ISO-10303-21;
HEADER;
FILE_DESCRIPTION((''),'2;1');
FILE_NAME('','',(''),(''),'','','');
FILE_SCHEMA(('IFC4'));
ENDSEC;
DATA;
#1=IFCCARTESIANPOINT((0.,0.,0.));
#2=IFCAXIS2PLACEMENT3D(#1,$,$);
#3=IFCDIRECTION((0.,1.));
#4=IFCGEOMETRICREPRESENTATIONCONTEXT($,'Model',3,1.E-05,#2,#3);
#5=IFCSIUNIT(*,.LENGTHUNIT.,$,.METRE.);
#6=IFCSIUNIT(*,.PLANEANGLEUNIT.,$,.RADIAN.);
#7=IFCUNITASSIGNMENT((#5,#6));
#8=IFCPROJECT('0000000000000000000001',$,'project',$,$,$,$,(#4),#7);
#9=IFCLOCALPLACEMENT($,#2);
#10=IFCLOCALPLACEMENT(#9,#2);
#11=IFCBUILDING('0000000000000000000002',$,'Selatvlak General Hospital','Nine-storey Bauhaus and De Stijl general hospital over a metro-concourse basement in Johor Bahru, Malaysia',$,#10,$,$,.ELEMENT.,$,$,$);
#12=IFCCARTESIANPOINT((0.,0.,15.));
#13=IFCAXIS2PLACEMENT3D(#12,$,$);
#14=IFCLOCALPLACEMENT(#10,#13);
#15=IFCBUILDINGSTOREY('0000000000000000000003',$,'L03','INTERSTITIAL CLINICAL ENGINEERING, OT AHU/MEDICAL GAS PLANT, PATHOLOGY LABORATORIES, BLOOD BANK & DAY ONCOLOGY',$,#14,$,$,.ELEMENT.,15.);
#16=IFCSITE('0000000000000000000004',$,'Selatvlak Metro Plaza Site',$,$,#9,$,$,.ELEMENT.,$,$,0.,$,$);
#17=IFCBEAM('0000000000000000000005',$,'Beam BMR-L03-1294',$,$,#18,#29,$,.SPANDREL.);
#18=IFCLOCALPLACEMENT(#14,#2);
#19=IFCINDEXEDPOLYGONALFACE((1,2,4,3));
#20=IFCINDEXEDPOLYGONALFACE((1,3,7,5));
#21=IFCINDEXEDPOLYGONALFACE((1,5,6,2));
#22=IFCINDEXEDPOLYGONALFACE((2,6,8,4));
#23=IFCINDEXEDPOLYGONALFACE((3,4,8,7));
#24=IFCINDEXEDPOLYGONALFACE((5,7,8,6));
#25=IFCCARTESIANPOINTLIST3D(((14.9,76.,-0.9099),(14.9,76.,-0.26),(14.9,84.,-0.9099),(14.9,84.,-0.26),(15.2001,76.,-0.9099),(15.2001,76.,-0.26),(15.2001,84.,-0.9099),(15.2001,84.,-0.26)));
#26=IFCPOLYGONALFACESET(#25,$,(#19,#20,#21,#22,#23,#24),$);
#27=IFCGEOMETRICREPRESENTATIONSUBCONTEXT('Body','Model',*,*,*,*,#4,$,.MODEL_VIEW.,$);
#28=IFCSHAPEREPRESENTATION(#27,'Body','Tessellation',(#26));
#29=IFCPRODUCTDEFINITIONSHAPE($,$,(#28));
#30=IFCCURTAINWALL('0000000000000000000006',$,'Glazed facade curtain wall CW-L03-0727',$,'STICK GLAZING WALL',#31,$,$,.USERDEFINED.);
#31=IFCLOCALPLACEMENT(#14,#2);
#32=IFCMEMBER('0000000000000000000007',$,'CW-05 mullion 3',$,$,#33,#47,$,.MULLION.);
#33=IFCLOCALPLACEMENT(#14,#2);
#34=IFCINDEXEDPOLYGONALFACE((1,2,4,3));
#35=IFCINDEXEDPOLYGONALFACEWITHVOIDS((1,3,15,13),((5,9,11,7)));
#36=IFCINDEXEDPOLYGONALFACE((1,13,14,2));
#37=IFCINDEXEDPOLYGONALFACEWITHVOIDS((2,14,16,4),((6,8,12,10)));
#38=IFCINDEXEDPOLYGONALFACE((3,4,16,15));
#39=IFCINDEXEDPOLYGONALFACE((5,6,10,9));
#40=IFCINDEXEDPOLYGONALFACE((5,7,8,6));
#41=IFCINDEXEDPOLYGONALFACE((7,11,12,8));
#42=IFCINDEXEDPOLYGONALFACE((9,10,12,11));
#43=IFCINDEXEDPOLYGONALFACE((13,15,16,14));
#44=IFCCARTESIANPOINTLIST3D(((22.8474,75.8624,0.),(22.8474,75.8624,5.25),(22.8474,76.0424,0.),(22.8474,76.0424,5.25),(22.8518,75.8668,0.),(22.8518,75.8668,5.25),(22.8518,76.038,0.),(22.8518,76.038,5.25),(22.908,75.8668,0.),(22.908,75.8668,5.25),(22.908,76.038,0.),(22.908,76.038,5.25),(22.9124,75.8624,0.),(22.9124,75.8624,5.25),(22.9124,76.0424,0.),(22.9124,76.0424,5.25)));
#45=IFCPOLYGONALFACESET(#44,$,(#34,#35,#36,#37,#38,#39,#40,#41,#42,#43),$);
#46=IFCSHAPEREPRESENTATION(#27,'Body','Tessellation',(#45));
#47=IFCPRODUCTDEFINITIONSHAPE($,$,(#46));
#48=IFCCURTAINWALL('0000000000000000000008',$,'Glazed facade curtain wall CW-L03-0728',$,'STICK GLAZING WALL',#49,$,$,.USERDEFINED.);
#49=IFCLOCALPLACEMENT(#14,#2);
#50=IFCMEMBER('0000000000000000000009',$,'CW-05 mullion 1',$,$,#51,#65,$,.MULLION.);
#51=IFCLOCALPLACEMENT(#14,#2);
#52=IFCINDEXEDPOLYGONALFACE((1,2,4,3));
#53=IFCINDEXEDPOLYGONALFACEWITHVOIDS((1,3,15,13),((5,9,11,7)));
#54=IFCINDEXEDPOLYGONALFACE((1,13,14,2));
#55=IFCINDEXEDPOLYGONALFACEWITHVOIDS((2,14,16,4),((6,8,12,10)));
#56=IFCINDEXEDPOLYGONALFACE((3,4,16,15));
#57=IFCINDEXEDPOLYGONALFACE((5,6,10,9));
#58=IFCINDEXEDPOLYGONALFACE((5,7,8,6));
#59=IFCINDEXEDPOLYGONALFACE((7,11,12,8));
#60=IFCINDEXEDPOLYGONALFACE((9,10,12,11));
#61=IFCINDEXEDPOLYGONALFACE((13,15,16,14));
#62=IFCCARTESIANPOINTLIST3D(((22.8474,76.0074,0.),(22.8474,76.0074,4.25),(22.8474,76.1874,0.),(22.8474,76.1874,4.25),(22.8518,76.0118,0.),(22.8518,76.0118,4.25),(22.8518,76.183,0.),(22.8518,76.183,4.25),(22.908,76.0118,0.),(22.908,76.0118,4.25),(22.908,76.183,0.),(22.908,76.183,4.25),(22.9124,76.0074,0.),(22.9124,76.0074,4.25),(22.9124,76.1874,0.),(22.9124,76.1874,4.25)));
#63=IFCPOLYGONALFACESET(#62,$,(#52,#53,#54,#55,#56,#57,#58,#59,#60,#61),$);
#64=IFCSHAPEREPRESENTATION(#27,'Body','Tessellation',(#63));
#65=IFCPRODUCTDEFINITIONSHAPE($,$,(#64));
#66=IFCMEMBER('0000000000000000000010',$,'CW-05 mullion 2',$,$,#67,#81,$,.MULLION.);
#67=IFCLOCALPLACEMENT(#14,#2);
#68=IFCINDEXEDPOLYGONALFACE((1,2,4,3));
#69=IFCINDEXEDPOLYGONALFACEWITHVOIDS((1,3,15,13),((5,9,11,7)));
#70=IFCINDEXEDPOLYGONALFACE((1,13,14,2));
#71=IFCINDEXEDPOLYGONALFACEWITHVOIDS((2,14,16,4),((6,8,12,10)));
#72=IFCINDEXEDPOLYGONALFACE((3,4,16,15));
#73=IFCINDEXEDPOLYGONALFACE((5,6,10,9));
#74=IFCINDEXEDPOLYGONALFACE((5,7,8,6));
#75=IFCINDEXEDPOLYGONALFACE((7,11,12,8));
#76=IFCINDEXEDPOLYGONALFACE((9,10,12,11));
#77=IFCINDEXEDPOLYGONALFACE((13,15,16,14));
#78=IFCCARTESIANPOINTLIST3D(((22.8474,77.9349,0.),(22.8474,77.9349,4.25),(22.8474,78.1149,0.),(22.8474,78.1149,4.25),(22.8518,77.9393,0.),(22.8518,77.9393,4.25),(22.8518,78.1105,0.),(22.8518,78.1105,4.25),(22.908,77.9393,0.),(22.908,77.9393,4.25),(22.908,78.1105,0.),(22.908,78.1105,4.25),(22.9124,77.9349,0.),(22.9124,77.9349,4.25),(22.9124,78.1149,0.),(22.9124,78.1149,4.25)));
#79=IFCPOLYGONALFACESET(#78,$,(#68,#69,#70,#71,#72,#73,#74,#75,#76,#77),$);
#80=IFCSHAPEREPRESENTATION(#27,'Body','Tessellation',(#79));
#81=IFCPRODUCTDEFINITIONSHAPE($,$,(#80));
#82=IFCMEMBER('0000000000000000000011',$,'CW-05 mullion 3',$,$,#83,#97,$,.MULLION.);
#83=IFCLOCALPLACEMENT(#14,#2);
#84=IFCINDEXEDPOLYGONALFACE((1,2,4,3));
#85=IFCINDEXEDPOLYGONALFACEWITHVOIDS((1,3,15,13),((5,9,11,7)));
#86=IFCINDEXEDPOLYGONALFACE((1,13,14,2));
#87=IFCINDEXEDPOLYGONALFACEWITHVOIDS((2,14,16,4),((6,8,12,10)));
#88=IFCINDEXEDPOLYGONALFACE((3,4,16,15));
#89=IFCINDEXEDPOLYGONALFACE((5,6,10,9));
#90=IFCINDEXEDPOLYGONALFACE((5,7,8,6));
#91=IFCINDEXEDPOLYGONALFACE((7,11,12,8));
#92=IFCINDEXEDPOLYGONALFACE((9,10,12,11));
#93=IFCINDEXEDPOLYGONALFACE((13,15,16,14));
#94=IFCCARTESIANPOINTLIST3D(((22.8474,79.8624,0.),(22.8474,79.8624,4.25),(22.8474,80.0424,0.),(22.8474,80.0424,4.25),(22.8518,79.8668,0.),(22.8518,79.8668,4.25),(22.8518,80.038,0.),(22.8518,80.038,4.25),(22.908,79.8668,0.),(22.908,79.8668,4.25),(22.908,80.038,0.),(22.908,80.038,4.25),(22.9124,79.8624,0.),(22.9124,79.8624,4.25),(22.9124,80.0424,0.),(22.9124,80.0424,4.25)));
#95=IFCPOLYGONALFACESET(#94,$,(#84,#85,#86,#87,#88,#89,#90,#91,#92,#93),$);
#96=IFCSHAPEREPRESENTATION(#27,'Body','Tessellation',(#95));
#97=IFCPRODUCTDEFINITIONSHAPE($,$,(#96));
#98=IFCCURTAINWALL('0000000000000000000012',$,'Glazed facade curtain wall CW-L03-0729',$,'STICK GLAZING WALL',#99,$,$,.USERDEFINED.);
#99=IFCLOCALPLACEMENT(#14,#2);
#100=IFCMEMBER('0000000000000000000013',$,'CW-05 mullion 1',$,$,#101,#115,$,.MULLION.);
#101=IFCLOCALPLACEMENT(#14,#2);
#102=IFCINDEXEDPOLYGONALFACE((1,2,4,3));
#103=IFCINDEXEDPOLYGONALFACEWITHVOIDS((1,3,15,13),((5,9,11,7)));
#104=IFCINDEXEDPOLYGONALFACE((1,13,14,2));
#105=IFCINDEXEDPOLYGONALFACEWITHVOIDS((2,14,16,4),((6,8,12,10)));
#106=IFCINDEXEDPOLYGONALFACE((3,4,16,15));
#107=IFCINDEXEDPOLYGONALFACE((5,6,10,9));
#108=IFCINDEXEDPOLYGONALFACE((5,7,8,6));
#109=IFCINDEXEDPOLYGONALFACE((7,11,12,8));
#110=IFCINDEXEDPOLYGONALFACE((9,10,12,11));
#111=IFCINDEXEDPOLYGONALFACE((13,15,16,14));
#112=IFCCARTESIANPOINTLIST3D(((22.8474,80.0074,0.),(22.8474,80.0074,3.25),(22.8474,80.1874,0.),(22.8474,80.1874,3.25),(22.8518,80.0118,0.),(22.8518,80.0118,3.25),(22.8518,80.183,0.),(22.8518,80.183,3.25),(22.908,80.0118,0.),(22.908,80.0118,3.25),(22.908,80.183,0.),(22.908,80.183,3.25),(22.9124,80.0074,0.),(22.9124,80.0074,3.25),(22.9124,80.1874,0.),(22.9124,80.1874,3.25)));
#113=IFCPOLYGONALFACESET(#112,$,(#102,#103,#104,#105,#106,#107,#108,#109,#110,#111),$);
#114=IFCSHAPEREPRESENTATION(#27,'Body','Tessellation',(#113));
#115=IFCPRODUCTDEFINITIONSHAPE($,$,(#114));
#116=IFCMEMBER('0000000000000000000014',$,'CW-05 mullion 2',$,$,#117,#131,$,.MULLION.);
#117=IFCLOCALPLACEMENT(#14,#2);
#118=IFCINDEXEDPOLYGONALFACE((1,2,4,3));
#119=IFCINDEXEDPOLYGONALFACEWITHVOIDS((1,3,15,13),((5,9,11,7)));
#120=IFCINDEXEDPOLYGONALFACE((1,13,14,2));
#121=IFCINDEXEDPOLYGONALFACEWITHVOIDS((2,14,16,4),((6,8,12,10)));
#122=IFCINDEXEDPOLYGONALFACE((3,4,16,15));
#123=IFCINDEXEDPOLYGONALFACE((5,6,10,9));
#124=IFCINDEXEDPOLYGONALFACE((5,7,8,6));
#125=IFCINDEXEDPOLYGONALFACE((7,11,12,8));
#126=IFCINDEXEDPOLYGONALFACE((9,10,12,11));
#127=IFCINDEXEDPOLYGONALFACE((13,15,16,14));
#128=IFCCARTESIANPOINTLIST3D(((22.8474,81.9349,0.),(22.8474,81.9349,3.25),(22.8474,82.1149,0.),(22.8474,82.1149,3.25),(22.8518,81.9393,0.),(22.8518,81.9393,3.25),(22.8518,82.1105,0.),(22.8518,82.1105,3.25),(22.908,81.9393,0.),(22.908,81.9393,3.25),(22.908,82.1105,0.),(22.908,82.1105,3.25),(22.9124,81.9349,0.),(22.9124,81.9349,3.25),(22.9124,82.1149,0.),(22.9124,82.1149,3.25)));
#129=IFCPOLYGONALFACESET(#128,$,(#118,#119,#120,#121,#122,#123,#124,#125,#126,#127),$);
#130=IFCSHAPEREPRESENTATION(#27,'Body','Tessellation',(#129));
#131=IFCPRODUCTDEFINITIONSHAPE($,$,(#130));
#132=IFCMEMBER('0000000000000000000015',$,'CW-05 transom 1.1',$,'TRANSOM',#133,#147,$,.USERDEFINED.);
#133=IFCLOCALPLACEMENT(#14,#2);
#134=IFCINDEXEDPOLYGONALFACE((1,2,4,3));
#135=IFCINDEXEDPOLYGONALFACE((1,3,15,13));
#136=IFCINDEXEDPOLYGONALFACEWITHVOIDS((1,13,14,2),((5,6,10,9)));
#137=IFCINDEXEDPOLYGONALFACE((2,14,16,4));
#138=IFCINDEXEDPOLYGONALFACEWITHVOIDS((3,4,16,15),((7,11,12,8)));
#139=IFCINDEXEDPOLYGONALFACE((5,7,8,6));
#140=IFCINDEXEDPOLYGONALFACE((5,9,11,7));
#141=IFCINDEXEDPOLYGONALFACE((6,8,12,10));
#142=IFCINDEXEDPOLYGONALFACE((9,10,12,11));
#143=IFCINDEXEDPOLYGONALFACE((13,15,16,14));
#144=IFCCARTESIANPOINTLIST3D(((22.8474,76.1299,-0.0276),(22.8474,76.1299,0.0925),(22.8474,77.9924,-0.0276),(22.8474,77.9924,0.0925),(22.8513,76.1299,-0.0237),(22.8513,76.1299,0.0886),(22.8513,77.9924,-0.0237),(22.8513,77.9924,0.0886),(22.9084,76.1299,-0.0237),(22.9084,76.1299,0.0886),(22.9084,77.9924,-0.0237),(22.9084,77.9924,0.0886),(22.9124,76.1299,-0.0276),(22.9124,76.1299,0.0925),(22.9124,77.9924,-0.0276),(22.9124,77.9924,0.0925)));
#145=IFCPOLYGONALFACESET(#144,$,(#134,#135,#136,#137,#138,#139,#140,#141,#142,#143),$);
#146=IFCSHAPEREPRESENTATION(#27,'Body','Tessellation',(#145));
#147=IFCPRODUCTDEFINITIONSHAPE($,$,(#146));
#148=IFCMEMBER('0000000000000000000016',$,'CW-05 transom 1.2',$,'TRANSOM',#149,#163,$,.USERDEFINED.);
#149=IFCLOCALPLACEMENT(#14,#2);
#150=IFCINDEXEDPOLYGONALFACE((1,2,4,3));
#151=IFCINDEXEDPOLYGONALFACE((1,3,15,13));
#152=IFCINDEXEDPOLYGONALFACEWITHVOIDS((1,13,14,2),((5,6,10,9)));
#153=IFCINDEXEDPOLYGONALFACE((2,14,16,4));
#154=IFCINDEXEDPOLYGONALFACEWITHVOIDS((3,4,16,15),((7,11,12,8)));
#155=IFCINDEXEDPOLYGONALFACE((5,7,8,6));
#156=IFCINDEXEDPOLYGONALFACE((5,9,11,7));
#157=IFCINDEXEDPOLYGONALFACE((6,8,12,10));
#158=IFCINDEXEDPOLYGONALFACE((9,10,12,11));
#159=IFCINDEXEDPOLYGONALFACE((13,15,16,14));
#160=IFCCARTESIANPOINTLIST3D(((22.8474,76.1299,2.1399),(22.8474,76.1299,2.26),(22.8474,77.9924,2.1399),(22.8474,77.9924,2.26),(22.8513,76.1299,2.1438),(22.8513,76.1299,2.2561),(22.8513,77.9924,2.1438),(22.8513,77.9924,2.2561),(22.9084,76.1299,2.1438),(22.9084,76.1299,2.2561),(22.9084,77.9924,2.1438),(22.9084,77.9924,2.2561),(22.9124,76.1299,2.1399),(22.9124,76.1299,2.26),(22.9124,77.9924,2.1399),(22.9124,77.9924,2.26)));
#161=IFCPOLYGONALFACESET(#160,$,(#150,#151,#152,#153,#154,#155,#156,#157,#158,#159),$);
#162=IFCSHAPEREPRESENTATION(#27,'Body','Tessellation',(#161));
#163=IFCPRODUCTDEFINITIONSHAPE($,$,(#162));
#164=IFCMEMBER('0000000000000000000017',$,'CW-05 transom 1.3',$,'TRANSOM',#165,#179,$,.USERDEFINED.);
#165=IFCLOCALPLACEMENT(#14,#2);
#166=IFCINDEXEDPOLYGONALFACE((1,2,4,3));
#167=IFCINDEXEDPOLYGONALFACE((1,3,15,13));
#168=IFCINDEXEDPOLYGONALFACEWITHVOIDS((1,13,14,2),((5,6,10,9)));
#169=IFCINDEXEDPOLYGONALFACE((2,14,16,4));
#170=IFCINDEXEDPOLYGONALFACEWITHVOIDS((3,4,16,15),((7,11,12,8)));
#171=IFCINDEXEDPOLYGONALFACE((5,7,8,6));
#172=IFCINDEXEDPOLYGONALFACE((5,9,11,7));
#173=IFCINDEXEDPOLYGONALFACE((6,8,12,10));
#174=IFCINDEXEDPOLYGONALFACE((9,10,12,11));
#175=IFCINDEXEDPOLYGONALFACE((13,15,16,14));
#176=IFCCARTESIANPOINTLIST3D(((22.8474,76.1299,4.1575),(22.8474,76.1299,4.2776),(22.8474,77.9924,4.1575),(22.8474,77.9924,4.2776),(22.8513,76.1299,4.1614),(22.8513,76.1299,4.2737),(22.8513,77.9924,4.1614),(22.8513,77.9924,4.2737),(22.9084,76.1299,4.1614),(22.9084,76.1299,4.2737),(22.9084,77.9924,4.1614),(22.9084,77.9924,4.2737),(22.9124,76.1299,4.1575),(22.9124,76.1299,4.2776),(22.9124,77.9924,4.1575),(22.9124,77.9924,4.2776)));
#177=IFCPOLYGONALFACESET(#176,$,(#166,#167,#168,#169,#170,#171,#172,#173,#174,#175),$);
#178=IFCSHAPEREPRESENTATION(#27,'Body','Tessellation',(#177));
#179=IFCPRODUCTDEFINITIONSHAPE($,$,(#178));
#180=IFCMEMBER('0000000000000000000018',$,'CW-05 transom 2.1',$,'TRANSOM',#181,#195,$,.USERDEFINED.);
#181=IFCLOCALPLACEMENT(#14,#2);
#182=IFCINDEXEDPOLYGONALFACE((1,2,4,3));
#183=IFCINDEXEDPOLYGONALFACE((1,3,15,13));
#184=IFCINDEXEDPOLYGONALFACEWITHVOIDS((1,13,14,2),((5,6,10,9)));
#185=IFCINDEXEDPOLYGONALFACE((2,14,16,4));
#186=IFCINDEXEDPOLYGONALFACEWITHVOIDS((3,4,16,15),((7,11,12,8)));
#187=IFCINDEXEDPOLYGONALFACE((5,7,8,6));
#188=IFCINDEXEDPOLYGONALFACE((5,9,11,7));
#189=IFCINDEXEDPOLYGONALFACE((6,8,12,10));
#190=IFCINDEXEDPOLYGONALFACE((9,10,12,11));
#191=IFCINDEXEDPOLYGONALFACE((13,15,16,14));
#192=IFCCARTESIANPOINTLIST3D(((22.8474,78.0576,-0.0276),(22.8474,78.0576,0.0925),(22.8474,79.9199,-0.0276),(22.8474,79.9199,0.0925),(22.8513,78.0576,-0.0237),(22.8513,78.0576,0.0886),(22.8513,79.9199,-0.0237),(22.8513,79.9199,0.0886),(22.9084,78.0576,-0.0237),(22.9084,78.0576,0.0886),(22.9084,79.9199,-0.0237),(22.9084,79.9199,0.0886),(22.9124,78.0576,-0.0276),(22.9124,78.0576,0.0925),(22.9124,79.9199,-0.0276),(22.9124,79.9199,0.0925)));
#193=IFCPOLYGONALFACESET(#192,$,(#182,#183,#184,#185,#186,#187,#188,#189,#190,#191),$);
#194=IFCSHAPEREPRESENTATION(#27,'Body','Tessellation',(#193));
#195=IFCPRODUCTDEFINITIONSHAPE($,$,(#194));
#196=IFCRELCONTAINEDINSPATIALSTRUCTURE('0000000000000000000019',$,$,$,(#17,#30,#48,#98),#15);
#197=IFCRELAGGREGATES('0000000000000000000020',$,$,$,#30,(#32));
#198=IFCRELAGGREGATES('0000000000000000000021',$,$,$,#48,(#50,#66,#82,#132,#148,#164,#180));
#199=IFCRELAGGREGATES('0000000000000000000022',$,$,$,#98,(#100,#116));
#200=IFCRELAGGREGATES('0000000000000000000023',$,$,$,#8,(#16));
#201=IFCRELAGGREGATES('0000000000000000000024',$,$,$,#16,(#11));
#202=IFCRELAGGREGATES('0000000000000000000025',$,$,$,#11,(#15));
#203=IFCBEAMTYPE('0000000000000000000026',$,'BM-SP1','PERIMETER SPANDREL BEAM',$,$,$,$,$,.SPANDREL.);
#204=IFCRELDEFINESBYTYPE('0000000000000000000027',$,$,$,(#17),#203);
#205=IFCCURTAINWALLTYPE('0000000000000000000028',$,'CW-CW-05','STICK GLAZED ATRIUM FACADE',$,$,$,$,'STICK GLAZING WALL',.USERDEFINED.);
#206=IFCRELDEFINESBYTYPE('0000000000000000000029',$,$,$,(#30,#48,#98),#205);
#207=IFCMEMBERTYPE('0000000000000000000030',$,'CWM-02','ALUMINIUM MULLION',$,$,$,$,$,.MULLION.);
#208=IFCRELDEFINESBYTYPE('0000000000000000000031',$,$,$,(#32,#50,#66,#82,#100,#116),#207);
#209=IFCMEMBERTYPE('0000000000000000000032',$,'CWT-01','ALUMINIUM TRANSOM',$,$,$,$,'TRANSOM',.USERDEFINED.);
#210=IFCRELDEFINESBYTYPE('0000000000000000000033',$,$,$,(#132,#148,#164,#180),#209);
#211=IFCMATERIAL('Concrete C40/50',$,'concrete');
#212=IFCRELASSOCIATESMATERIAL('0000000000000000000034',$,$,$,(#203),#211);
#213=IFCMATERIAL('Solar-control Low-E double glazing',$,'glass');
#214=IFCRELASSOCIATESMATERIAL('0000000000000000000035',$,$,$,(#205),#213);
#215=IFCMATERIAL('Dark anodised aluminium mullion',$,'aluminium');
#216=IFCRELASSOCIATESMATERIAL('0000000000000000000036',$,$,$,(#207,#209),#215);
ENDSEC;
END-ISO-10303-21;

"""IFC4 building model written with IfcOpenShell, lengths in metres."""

from ifc_helpers import new_model, si_unit, direction, frame, origin, origin_2d, place, context, subcontext, project, spatial, rectangle, hollow_rectangle, extrude, material, material_profile, profile_set, type_object, element, aggregate, save


model = new_model("IFC4")

# Units and contexts
model_context = context("Model", 3, precision=1e-05, world=origin(), true_north=direction((0.0, 1.0)))
body_context = subcontext(model_context, "Body", "Model", "MODEL_VIEW")
ifc_project = project(units=[si_unit("LENGTHUNIT", "METRE"), si_unit("PLANEANGLEUNIT", "RADIAN")], contexts=[model_context])

# Site, building, storey
site_placement = place(None, origin())
site = spatial("IfcSite", under=ifc_project, at=site_placement, Name="Selatvlak Metro Plaza Site", CompositionType="ELEMENT", RefElevation=0.0)
building_placement = place(site_placement, origin())
building = spatial("IfcBuilding", under=site, at=building_placement, Name="Selatvlak General Hospital", Description="Nine-storey Bauhaus and De Stijl general hospital over a metro-concourse basement in Johor Bahru, Malaysia", CompositionType="ELEMENT")
storey_placement = place(building_placement, frame((0.0, 0.0, 15.0)))
storey = spatial("IfcBuildingStorey", under=building, at=storey_placement, Name="L03", Description="INTERSTITIAL CLINICAL ENGINEERING, OT AHU/MEDICAL GAS PLANT, PATHOLOGY LABORATORIES, BLOOD BANK & DAY ONCOLOGY", CompositionType="ELEMENT", Elevation=15.0)

# Beam
ifc_material_1 = material(Name="Concrete C40/50", Category="concrete")
ifc_material_profile_1 = material_profile(ifc_material_1, rectangle(XDim=0.3, YDim=0.6499, at=origin_2d()), Name="RC-SP 300x650")
ifc_profile_set_1 = profile_set([ifc_material_profile_1], Name="Concrete C40/50")
beam_type = type_object("IfcBeamType", Name="BM-SP1", Description="PERIMETER SPANDREL BEAM", PredefinedType="SPANDREL", material=ifc_profile_set_1)
beam_placement = place(storey_placement, frame((15.05, 76.0, -0.585), z_axis=(0.0, 1.0, 0.0), x_axis=(-1.0, 0.0, 0.0)))
element("IfcBeam", 1, at=beam_placement, inside=storey, type_object=beam_type, Name="Beam BMR-L03-1294", PredefinedType="SPANDREL", context=body_context, shape_type="SweptSolid", body=[
    extrude(rectangle(XDim=0.3, YDim=0.6499, at=origin_2d()), origin(), (0.0, 0.0, 1.0), 8.0),
])

# Curtain wall, member
ifc_material_2 = material(Name="Solar-control Low-E double glazing", Category="glass")
curtain_wall_type = type_object("IfcCurtainWallType", Name="CW-CW-05", Description="STICK GLAZED ATRIUM FACADE", ElementType="STICK GLAZING WALL", PredefinedType="USERDEFINED", material=ifc_material_2)
curtain_wall_1_placement = place(storey_placement, origin())
curtain_wall_1 = element("IfcCurtainWall", 2, at=curtain_wall_1_placement, inside=storey, type_object=curtain_wall_type, Name="Glazed facade curtain wall CW-L03-0727", ObjectType="STICK GLAZING WALL", PredefinedType="USERDEFINED")
ifc_material_3 = material(Name="Dark anodised aluminium mullion", Category="aluminium")
ifc_material_profile_2 = material_profile(ifc_material_3, hollow_rectangle(XDim=0.0649, YDim=0.1799, WallThickness=0.0044, at=origin_2d()), Name="AL-MUL 65x180x4.5")
ifc_profile_set_2 = profile_set([ifc_material_profile_2], Name="Dark anodised aluminium mullion")
member_type_1 = type_object("IfcMemberType", Name="CWM-02", Description="ALUMINIUM MULLION", PredefinedType="MULLION", material=ifc_profile_set_2)
member_1_placement = place(storey_placement, frame((22.8799, 75.9524, 0.0), z_axis=(0.0, 0.0, 1.0), x_axis=(-1.0, 0.0, 0.0)))
member_1 = element("IfcMember", 3, at=member_1_placement, type_object=member_type_1, Name="CW-05 mullion 3", PredefinedType="MULLION", context=body_context, shape_type="SweptSolid", body=[
    extrude(hollow_rectangle(XDim=0.0649, YDim=0.1799, WallThickness=0.0044, at=origin_2d()), origin(), (0.0, 0.0, 1.0), 5.25),
])
aggregate(curtain_wall_1, [member_1])

# Curtain walls, members
curtain_wall_2_placement = place(storey_placement, origin())
curtain_wall_2 = element("IfcCurtainWall", 4, at=curtain_wall_2_placement, inside=storey, type_object=curtain_wall_type, Name="Glazed facade curtain wall CW-L03-0728", ObjectType="STICK GLAZING WALL", PredefinedType="USERDEFINED")
member_2_placement = place(storey_placement, frame((22.8799, 76.0974, 0.0), z_axis=(0.0, 0.0, 1.0), x_axis=(-1.0, 0.0, 0.0)))
member_2 = element("IfcMember", 5, at=member_2_placement, type_object=member_type_1, Name="CW-05 mullion 1", PredefinedType="MULLION", context=body_context, shape_type="SweptSolid", body=[
    extrude(hollow_rectangle(XDim=0.0649, YDim=0.1799, WallThickness=0.0044, at=origin_2d()), origin(), (0.0, 0.0, 1.0), 4.25),
])
member_3_placement = place(storey_placement, frame((22.8799, 78.0249, 0.0), z_axis=(0.0, 0.0, 1.0), x_axis=(-1.0, 0.0, 0.0)))
member_3 = element("IfcMember", 6, at=member_3_placement, type_object=member_type_1, Name="CW-05 mullion 2", PredefinedType="MULLION", context=body_context, shape_type="SweptSolid", body=[
    extrude(hollow_rectangle(XDim=0.0649, YDim=0.1799, WallThickness=0.0044, at=origin_2d()), origin(), (0.0, 0.0, 1.0), 4.25),
])
member_4_placement = place(storey_placement, frame((22.8799, 79.9524, 0.0), z_axis=(0.0, 0.0, 1.0), x_axis=(-1.0, 0.0, 0.0)))
member_4 = element("IfcMember", 7, at=member_4_placement, type_object=member_type_1, Name="CW-05 mullion 3", PredefinedType="MULLION", context=body_context, shape_type="SweptSolid", body=[
    extrude(hollow_rectangle(XDim=0.0649, YDim=0.1799, WallThickness=0.0044, at=origin_2d()), origin(), (0.0, 0.0, 1.0), 4.25),
])
curtain_wall_3_placement = place(storey_placement, origin())
curtain_wall_3 = element("IfcCurtainWall", 8, at=curtain_wall_3_placement, inside=storey, type_object=curtain_wall_type, Name="Glazed facade curtain wall CW-L03-0729", ObjectType="STICK GLAZING WALL", PredefinedType="USERDEFINED")
member_5_placement = place(storey_placement, frame((22.8799, 80.0974, 0.0), z_axis=(0.0, 0.0, 1.0), x_axis=(-1.0, 0.0, 0.0)))
member_5 = element("IfcMember", 9, at=member_5_placement, type_object=member_type_1, Name="CW-05 mullion 1", PredefinedType="MULLION", context=body_context, shape_type="SweptSolid", body=[
    extrude(hollow_rectangle(XDim=0.0649, YDim=0.1799, WallThickness=0.0044, at=origin_2d()), origin(), (0.0, 0.0, 1.0), 3.25),
])
member_6_placement = place(storey_placement, frame((22.8799, 82.0249, 0.0), z_axis=(0.0, 0.0, 1.0), x_axis=(-1.0, 0.0, 0.0)))
member_6 = element("IfcMember", 10, at=member_6_placement, type_object=member_type_1, Name="CW-05 mullion 2", PredefinedType="MULLION", context=body_context, shape_type="SweptSolid", body=[
    extrude(hollow_rectangle(XDim=0.0649, YDim=0.1799, WallThickness=0.0044, at=origin_2d()), origin(), (0.0, 0.0, 1.0), 3.25),
])

# Members
ifc_material_profile_3 = material_profile(ifc_material_3, hollow_rectangle(XDim=0.0649, YDim=0.1201, WallThickness=0.0039, at=origin_2d()), Name="AL-TRN 65x120x4")
ifc_profile_set_3 = profile_set([ifc_material_profile_3], Name="Dark anodised aluminium mullion")
member_type_2 = type_object("IfcMemberType", Name="CWT-01", Description="ALUMINIUM TRANSOM", ElementType="TRANSOM", PredefinedType="USERDEFINED", material=ifc_profile_set_3)
member_7_placement = place(storey_placement, frame((22.8799, 76.1299, 0.0325), z_axis=(0.0, 1.0, 0.0), x_axis=(-1.0, 0.0, 0.0)))
member_7 = element("IfcMember", 11, at=member_7_placement, type_object=member_type_2, Name="CW-05 transom 1.1", ObjectType="TRANSOM", PredefinedType="USERDEFINED", context=body_context, shape_type="SweptSolid", body=[
    extrude(hollow_rectangle(XDim=0.0649, YDim=0.1201, WallThickness=0.0039, at=origin_2d()), origin(), (0.0, 0.0, 1.0), 1.8625),
])
member_8_placement = place(storey_placement, frame((22.8799, 76.1299, 2.2), z_axis=(0.0, 1.0, 0.0), x_axis=(-1.0, 0.0, 0.0)))
member_8 = element("IfcMember", 12, at=member_8_placement, type_object=member_type_2, Name="CW-05 transom 1.2", ObjectType="TRANSOM", PredefinedType="USERDEFINED", context=body_context, shape_type="SweptSolid", body=[
    extrude(hollow_rectangle(XDim=0.0649, YDim=0.1201, WallThickness=0.0039, at=origin_2d()), origin(), (0.0, 0.0, 1.0), 1.8625),
])
member_9_placement = place(storey_placement, frame((22.8799, 76.1299, 4.2175), z_axis=(0.0, 1.0, 0.0), x_axis=(-1.0, 0.0, 0.0)))
member_9 = element("IfcMember", 13, at=member_9_placement, type_object=member_type_2, Name="CW-05 transom 1.3", ObjectType="TRANSOM", PredefinedType="USERDEFINED", context=body_context, shape_type="SweptSolid", body=[
    extrude(hollow_rectangle(XDim=0.0649, YDim=0.1201, WallThickness=0.0039, at=origin_2d()), origin(), (0.0, 0.0, 1.0), 1.8625),
])
member_10_placement = place(storey_placement, frame((22.8799, 78.0576, 0.0325), z_axis=(0.0, 1.0, 0.0), x_axis=(-1.0, 0.0, 0.0)))
member_10 = element("IfcMember", 14, at=member_10_placement, type_object=member_type_2, Name="CW-05 transom 2.1", ObjectType="TRANSOM", PredefinedType="USERDEFINED", context=body_context, shape_type="SweptSolid", body=[
    extrude(hollow_rectangle(XDim=0.0649, YDim=0.1201, WallThickness=0.0039, at=origin_2d()), origin(), (0.0, 0.0, 1.0), 1.8623),
])

aggregate(curtain_wall_2, [member_2, member_3, member_4, member_7, member_8, member_9, member_10])
aggregate(curtain_wall_3, [member_5, member_6])

save(model, "model.ifc")
